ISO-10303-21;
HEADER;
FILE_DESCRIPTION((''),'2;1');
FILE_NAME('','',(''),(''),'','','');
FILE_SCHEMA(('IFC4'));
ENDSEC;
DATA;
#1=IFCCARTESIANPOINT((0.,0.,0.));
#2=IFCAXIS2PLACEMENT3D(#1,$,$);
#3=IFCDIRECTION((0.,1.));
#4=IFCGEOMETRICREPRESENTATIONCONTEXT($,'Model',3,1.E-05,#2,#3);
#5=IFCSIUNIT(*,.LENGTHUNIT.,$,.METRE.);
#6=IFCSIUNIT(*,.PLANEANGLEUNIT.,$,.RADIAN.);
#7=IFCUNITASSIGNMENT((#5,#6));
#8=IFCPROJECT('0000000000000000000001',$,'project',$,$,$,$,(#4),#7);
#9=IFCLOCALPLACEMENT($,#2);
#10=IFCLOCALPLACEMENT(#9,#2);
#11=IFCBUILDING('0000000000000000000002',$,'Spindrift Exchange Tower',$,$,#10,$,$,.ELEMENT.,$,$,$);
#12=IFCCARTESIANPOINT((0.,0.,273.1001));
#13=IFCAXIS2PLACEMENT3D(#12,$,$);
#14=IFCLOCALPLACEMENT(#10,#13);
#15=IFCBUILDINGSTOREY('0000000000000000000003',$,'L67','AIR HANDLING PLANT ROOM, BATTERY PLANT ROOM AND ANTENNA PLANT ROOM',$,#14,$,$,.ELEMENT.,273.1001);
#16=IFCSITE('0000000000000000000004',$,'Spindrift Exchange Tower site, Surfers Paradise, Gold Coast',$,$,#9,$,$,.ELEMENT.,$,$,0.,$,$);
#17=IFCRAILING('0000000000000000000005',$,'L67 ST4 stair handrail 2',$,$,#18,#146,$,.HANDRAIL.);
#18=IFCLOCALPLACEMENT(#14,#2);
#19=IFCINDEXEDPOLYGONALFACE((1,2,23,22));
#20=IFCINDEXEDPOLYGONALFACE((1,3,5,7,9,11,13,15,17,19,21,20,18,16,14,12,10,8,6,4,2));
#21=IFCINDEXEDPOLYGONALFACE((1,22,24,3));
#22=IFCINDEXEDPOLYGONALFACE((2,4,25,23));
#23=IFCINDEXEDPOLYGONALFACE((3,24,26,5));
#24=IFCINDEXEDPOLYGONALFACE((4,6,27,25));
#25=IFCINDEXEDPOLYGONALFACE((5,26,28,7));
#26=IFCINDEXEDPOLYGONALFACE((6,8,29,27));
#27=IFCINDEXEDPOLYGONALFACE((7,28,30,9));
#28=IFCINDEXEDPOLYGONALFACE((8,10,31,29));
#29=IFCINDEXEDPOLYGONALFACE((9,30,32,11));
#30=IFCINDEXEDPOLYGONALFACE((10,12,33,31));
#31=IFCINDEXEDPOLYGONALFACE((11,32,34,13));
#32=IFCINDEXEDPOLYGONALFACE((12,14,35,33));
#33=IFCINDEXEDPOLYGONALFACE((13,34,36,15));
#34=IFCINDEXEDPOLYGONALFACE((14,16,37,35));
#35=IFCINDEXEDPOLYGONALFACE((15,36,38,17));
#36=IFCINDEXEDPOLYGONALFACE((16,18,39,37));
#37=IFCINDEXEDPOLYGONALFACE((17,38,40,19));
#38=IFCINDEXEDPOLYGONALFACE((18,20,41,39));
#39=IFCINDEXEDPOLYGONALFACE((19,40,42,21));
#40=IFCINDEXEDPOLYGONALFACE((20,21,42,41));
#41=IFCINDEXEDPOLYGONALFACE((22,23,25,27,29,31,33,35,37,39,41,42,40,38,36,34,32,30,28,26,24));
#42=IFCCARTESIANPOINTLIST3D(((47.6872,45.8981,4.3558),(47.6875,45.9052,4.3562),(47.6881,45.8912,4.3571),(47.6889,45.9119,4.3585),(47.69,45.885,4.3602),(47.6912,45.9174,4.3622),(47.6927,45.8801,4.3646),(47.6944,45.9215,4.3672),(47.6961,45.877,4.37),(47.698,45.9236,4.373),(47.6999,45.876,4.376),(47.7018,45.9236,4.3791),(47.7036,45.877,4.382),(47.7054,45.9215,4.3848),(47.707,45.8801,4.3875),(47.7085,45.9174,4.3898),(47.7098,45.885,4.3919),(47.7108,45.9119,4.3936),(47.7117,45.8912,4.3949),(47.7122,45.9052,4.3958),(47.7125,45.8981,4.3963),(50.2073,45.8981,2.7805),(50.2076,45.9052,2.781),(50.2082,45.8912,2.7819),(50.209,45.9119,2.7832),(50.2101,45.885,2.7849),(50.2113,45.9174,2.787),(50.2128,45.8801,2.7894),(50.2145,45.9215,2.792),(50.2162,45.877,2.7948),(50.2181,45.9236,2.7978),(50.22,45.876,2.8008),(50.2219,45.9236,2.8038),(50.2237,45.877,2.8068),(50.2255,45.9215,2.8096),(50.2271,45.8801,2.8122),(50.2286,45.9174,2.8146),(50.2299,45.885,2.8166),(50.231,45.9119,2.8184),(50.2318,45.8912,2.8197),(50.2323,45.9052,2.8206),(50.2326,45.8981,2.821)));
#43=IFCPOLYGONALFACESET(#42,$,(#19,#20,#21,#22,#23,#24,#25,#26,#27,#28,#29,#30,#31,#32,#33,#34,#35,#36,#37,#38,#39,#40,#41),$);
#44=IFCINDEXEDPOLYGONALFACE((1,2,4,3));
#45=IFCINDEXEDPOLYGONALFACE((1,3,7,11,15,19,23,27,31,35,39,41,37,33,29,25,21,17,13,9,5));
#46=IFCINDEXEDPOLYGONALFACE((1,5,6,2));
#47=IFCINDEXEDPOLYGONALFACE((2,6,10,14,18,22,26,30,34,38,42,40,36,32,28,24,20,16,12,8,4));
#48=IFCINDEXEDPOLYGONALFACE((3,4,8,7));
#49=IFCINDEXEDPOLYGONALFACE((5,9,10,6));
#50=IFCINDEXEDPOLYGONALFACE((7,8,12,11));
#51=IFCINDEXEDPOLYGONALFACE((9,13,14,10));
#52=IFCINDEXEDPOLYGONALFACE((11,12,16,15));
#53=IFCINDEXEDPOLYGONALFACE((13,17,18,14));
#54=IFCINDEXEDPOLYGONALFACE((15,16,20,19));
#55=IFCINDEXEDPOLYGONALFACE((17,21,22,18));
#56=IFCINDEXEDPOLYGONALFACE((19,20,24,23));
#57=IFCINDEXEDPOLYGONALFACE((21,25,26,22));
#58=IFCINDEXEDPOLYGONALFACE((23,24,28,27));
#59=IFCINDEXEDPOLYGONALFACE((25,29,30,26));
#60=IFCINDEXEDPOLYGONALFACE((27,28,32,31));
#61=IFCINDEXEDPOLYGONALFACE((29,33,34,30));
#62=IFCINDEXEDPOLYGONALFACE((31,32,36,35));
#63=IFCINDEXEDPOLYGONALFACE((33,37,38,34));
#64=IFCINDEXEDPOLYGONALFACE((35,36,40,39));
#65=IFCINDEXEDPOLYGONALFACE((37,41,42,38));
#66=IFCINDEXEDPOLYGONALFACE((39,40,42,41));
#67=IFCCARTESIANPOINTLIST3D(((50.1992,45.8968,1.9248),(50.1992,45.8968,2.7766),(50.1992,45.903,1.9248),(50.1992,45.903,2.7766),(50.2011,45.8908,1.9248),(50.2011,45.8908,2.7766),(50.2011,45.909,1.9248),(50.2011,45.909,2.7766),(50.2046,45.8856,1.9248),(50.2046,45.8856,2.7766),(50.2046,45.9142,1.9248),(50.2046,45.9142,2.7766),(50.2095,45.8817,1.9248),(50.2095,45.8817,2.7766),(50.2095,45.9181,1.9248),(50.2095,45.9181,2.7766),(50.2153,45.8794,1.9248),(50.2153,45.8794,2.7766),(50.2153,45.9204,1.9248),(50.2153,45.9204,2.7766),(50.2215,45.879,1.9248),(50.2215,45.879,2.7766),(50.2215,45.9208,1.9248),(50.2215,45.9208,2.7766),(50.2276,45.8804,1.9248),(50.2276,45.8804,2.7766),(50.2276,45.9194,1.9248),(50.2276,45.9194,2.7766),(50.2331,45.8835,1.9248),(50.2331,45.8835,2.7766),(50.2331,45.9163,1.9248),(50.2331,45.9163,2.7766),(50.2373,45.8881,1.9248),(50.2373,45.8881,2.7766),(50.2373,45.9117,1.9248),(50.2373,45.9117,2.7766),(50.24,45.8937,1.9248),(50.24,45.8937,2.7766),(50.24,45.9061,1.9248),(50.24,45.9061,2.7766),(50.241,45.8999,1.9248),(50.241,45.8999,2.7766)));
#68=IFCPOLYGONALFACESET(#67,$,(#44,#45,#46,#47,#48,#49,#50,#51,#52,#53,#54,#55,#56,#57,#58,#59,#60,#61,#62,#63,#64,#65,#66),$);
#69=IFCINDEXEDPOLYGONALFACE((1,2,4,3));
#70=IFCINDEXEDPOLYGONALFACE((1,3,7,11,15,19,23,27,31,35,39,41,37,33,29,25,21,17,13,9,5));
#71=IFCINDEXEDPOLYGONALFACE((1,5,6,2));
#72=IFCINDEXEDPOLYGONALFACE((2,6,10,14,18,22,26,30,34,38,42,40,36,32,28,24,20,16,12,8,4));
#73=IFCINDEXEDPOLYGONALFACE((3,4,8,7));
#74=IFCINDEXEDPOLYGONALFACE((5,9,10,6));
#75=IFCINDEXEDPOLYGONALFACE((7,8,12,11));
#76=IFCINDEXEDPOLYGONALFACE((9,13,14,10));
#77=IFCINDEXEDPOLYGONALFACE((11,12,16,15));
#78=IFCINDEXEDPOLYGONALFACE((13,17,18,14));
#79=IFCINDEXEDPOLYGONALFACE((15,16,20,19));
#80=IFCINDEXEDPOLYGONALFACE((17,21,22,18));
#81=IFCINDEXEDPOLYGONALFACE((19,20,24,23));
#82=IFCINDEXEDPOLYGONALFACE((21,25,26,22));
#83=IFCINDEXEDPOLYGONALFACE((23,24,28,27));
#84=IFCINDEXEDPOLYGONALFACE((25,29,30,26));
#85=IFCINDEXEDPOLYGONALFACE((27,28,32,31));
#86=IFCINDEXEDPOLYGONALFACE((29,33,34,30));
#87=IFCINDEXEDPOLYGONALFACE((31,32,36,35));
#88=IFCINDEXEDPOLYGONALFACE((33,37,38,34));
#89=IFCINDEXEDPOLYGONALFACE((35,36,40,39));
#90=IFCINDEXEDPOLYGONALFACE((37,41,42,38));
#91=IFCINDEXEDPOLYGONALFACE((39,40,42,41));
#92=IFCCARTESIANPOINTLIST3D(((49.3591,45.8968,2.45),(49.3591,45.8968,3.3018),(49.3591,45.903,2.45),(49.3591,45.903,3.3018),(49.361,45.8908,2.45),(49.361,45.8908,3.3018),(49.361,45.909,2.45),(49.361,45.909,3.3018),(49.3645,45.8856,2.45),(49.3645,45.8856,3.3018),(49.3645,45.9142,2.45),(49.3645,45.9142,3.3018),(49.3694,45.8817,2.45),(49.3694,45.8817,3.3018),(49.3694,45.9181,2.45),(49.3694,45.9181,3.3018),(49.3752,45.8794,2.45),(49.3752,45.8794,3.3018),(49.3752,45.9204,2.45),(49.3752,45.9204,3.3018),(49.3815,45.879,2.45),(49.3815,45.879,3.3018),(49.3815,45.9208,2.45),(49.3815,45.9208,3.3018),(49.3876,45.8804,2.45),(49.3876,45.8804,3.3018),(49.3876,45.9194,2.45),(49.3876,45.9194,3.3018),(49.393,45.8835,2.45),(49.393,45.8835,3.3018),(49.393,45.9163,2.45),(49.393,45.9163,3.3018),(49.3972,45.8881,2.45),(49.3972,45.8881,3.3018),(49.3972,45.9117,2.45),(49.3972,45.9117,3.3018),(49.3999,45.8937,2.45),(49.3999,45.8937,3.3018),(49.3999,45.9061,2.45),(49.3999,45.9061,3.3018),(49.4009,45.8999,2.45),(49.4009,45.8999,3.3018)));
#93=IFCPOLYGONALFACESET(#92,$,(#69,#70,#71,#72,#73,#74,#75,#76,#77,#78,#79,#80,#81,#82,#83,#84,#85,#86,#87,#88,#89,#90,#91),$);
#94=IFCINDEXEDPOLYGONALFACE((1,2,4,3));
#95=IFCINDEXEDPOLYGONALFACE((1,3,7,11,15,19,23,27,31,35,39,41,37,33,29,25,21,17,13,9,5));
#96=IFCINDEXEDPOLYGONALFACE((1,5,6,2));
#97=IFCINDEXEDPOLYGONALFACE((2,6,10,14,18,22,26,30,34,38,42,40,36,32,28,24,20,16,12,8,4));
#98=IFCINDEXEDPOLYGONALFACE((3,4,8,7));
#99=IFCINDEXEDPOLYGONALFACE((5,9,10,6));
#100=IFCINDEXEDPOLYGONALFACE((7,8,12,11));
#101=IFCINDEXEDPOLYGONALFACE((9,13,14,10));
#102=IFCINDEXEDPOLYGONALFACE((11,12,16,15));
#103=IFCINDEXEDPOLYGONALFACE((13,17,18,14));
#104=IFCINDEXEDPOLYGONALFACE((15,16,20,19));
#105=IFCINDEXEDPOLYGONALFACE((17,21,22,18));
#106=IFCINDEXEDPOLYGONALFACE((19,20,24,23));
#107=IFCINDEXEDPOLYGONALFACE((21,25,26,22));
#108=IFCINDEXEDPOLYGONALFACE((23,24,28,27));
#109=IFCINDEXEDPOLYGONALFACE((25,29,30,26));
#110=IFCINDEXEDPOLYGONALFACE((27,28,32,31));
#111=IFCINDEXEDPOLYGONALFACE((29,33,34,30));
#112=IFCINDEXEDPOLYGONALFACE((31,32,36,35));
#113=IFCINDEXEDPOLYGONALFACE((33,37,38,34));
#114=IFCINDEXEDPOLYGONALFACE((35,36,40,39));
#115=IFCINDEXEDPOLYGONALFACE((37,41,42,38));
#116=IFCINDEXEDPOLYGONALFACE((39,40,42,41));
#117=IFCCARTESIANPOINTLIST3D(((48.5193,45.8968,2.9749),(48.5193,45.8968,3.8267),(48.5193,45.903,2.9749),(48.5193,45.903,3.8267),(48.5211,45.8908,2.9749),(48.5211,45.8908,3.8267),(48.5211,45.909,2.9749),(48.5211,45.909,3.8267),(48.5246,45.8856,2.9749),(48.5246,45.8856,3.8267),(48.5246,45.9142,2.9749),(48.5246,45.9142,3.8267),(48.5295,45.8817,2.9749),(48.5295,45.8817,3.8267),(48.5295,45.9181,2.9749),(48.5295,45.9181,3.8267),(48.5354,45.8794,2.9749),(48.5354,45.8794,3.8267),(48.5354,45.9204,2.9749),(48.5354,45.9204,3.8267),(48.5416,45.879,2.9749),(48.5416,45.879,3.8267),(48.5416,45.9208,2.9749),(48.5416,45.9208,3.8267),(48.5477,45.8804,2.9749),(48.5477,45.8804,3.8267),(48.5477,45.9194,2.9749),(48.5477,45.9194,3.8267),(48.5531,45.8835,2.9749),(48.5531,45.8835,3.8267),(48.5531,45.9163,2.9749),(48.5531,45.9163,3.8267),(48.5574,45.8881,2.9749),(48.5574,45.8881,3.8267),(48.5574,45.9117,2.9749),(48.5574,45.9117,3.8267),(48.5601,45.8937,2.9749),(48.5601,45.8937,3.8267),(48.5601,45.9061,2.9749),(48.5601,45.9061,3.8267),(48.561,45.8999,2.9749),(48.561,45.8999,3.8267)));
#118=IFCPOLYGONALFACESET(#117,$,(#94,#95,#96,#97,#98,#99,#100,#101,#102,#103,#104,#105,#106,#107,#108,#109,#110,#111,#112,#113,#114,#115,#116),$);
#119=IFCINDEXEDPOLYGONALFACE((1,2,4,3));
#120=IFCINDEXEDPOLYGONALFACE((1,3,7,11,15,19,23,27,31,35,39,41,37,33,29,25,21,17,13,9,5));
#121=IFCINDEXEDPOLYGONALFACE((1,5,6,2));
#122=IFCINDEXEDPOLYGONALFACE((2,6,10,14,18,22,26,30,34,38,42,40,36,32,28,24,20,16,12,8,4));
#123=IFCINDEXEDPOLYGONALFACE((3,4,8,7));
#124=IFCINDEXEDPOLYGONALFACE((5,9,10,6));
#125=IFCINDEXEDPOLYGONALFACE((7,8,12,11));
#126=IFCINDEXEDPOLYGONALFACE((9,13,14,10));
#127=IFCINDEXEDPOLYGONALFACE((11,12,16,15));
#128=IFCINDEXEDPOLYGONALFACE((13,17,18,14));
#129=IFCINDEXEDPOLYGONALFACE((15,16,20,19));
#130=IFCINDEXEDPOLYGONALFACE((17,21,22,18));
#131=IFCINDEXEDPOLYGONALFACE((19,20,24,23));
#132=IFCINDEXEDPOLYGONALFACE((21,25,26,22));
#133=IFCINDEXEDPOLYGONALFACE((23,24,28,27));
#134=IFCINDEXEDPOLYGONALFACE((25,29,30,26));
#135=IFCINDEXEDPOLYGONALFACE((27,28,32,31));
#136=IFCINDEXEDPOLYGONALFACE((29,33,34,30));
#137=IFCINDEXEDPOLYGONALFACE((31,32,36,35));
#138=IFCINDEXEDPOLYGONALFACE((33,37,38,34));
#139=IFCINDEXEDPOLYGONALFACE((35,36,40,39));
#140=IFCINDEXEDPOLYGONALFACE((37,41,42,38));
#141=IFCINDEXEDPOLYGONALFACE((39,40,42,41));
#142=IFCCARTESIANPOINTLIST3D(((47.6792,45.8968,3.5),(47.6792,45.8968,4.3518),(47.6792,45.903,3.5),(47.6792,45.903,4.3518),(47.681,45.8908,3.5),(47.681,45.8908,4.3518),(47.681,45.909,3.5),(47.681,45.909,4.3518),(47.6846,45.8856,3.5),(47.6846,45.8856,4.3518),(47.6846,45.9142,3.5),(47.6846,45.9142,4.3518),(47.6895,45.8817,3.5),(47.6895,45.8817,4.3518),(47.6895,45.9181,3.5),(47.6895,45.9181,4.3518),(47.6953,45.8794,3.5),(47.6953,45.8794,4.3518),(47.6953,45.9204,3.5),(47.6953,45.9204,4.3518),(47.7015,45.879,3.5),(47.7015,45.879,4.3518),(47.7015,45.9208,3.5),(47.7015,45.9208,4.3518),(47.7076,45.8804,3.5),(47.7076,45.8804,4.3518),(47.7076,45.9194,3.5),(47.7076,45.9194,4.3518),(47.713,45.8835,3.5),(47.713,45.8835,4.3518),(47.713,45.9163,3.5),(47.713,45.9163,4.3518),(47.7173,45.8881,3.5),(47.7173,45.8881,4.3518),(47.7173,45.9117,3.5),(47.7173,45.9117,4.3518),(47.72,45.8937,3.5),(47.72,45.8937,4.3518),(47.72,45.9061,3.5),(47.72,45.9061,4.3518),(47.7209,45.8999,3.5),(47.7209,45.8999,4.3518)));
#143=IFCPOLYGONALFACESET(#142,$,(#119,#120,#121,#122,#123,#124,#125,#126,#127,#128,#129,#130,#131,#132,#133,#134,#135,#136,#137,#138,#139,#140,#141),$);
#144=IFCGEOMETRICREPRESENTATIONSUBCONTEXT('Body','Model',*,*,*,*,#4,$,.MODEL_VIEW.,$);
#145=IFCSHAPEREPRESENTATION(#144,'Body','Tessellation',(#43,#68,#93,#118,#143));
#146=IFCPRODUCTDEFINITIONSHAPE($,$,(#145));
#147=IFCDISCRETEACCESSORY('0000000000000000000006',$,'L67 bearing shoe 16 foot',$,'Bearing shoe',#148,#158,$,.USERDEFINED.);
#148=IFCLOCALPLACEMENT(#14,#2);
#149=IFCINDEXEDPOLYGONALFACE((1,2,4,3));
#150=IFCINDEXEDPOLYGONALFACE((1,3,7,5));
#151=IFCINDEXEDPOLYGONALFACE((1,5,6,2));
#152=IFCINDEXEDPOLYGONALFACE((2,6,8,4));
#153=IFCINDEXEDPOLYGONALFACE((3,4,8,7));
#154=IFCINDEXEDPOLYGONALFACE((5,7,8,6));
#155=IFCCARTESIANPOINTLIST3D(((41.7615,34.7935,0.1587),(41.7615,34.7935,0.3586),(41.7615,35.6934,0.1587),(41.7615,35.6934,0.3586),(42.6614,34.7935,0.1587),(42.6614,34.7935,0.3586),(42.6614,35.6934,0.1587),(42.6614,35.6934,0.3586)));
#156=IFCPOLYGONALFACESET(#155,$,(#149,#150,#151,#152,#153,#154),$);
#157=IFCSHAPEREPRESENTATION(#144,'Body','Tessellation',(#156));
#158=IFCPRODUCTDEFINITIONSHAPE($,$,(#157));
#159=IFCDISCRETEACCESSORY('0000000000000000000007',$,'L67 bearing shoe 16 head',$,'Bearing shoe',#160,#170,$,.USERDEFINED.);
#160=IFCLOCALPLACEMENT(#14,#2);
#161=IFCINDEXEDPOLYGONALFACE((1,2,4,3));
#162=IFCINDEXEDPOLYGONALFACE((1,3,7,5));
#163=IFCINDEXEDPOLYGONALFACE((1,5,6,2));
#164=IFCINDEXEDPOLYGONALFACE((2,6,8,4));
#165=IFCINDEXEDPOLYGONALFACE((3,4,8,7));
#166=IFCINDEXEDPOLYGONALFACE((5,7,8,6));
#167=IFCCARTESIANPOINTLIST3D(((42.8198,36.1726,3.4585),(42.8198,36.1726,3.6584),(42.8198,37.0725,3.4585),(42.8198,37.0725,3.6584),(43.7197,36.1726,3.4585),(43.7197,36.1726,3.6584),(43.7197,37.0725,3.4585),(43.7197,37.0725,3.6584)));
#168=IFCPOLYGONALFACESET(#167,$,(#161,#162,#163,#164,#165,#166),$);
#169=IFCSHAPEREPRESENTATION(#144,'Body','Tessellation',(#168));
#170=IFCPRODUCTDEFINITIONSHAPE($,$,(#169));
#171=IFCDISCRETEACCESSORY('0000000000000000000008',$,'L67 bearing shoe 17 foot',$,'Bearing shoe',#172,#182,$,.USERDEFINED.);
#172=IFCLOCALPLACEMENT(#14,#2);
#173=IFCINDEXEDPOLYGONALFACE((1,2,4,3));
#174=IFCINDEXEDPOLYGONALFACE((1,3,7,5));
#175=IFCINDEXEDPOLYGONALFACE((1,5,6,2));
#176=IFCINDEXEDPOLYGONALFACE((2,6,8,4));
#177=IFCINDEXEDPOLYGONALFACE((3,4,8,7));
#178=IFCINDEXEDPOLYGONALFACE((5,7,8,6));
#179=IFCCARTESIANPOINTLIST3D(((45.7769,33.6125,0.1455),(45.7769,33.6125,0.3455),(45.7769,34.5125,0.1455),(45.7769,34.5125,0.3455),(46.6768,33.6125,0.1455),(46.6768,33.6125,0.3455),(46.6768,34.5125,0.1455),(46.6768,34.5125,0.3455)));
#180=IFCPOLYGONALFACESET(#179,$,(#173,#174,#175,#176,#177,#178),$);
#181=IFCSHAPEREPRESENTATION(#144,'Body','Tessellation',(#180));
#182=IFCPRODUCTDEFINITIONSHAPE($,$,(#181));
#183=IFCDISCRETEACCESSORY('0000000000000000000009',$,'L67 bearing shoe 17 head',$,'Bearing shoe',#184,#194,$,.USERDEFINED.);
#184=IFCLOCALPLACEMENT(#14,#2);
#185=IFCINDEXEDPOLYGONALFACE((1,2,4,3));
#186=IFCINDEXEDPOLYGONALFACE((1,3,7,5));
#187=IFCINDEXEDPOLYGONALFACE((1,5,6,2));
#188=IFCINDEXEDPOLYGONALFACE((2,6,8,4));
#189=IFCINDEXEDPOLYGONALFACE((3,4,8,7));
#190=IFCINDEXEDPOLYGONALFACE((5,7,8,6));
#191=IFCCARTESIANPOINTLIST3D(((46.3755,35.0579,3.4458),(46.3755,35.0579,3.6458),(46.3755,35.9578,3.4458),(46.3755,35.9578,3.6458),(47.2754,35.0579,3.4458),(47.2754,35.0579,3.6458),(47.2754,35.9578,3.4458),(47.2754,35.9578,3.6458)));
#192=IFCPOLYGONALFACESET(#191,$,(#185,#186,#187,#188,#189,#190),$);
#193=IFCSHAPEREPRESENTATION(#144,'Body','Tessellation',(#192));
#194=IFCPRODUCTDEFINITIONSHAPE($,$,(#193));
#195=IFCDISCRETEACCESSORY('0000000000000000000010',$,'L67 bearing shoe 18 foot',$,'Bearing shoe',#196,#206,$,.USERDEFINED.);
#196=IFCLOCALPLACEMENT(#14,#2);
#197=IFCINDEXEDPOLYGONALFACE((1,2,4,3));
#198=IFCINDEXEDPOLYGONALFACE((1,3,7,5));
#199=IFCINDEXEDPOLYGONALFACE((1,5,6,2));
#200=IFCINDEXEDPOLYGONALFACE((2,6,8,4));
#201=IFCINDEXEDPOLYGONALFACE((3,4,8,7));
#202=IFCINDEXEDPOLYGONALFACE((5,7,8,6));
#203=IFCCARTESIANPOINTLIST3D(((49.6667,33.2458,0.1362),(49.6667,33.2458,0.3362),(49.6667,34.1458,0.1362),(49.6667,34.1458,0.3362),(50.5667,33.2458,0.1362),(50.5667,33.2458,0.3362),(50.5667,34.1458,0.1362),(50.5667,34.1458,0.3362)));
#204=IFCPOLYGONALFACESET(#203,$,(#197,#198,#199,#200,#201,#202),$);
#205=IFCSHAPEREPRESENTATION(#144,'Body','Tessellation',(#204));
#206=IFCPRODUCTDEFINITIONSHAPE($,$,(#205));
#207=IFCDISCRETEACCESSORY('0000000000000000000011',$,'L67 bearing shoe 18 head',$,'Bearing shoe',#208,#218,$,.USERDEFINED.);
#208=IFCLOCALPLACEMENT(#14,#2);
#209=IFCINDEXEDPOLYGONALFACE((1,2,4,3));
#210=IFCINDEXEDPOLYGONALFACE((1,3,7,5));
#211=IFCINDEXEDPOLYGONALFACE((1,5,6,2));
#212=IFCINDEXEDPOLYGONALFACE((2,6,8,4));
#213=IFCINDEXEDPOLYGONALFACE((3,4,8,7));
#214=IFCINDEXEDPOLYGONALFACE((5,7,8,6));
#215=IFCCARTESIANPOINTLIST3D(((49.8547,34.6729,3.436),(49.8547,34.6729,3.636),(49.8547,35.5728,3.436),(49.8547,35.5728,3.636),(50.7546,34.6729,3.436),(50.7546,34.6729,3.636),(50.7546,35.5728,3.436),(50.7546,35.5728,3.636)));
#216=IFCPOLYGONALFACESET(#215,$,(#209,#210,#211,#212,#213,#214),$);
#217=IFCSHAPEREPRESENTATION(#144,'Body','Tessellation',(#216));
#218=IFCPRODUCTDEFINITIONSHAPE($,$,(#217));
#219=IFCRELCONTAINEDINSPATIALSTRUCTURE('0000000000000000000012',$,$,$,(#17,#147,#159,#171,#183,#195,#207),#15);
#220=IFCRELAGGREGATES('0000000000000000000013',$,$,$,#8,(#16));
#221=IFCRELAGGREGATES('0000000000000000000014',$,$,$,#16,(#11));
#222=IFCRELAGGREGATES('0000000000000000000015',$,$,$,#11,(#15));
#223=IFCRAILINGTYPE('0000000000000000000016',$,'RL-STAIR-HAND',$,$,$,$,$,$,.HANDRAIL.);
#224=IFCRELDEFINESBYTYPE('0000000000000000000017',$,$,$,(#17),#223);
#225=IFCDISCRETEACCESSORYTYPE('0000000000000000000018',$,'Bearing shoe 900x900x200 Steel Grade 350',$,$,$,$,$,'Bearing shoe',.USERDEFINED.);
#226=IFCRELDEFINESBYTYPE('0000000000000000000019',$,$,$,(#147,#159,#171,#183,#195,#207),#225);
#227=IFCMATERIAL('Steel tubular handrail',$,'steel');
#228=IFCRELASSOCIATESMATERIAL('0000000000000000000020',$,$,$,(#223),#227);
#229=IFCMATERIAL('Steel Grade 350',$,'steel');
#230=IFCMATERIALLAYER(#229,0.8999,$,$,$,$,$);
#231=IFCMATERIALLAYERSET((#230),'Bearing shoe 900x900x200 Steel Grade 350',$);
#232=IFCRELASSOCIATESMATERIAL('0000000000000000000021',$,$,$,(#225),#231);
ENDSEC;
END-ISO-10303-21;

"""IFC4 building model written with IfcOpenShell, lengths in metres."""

from ifc_helpers import new_model, si_unit, direction, frame, origin, origin_2d, place, context, subcontext, project, spatial, rectangle, circle, extrude, source, transform, mapped, material, layer, layer_set, type_object, element, save


model = new_model("IFC4")

# Units and contexts
model_context = context("Model", 3, precision=1e-05, world=origin(), true_north=direction((0.0, 1.0)))
body_context = subcontext(model_context, "Body", "Model", "MODEL_VIEW")
ifc_project = project(units=[si_unit("LENGTHUNIT", "METRE"), si_unit("PLANEANGLEUNIT", "RADIAN")], contexts=[model_context])

# Site, building, storey
site_placement = place(None, origin())
site = spatial("IfcSite", under=ifc_project, at=site_placement, Name="Spindrift Exchange Tower site, Surfers Paradise, Gold Coast", CompositionType="ELEMENT", RefElevation=0.0)
building_placement = place(site_placement, origin())
building = spatial("IfcBuilding", under=site, at=building_placement, Name="Spindrift Exchange Tower", CompositionType="ELEMENT")
storey_placement = place(building_placement, frame((0.0, 0.0, 273.1001)))
storey = spatial("IfcBuildingStorey", under=building, at=storey_placement, Name="L67", Description="AIR HANDLING PLANT ROOM, BATTERY PLANT ROOM AND ANTENNA PLANT ROOM", CompositionType="ELEMENT", Elevation=273.1001)

# Railing
ifc_material_1 = material(Name="Steel tubular handrail", Category="steel")
railing_type_1 = type_object("IfcRailingType", Name="RL-STAIR-HAND", PredefinedType="HANDRAIL", material=ifc_material_1)
railing_1_placement = place(storey_placement, frame((50.22, 45.8999, 1.9248)))
element("IfcRailing", 1, at=railing_1_placement, inside=storey, type_object=railing_type_1, Name="L67 ST4 stair handrail 2", PredefinedType="HANDRAIL", context=body_context, shape_type="SweptSolid", body=[
    extrude(circle(Radius=0.0239, at=origin_2d()), frame((0.0, 0.0, 0.876), z_axis=(-0.847971, 0.0, 0.530043), x_axis=(0.0, -1.0, 0.0)), (0.0, 0.0, 1.0), 2.9719),
    extrude(circle(Radius=0.021, at=origin_2d()), origin(), (0.0, 0.0, 1.0), 0.8518),
    extrude(circle(Radius=0.021, at=origin_2d()), frame((-0.8401, 0.0, 0.5251)), (0.0, 0.0, 1.0), 0.8518),
    extrude(circle(Radius=0.021, at=origin_2d()), frame((-1.6799, 0.0, 1.05)), (0.0, 0.0, 1.0), 0.8518),
    extrude(circle(Radius=0.021, at=origin_2d()), frame((-2.52, 0.0, 1.5752)), (0.0, 0.0, 1.0), 0.8518),
])

# Discrete accessories
ifc_material_2 = material(Name="Steel Grade 350", Category="steel")
ifc_layer_1 = layer(ifc_material_2, 0.8999)
ifc_layer_set_1 = layer_set([ifc_layer_1], Name="Bearing shoe 900x900x200 Steel Grade 350")
discrete_accessory_type = type_object("IfcDiscreteAccessoryType", Name="Bearing shoe 900x900x200 Steel Grade 350", ElementType="Bearing shoe", PredefinedType="USERDEFINED", material=ifc_layer_set_1)
shared_shape_1 = source(origin(), body_context, "Body", "SweptSolid", [
    extrude(rectangle(XDim=0.8999, YDim=0.8999, at=origin_2d()), origin(), (0.0, 0.0, 1.0), 0.2),
])
for number, where, z_axis, x_axis, name in (
    (2, (42.2114, 35.2434, 0.1587), (0.0, 0.0, 1.0), (1.0, 0.0, 0.0), "L67 bearing shoe 16 foot"),
    (3, (43.2698, 36.6226, 3.4585), (0.0, 0.0, 1.0), (1.0, 0.0, 0.0), "L67 bearing shoe 16 head"),
    (4, (46.2268, 34.0625, 0.1455), (0.0, 0.0, 1.0), (1.0, 0.0, 0.0), "L67 bearing shoe 17 foot"),
    (5, (46.8254, 35.5078, 3.4458), (0.0, 0.0, 1.0), (1.0, 0.0, 0.0), "L67 bearing shoe 17 head"),
    (6, (50.1167, 33.6958, 0.1362), (0.0, 0.0, 1.0), (1.0, 0.0, 0.0), "L67 bearing shoe 18 foot"),
    (7, (50.3047, 35.1228, 3.436), (0.0, 0.0, 1.0), (1.0, 0.0, 0.0), "L67 bearing shoe 18 head"),
):
    element("IfcDiscreteAccessory", number, at=place(storey_placement, frame(where, z_axis=z_axis, x_axis=x_axis)), inside=storey, type_object=discrete_accessory_type, Name=name, ObjectType="Bearing shoe", PredefinedType="USERDEFINED", context=body_context, shape_type="MappedRepresentation", body=[
        mapped(shared_shape_1, transform((0.0, 0.0, 0.0), scale=1.0)),
    ])

save(model, "model.ifc")
